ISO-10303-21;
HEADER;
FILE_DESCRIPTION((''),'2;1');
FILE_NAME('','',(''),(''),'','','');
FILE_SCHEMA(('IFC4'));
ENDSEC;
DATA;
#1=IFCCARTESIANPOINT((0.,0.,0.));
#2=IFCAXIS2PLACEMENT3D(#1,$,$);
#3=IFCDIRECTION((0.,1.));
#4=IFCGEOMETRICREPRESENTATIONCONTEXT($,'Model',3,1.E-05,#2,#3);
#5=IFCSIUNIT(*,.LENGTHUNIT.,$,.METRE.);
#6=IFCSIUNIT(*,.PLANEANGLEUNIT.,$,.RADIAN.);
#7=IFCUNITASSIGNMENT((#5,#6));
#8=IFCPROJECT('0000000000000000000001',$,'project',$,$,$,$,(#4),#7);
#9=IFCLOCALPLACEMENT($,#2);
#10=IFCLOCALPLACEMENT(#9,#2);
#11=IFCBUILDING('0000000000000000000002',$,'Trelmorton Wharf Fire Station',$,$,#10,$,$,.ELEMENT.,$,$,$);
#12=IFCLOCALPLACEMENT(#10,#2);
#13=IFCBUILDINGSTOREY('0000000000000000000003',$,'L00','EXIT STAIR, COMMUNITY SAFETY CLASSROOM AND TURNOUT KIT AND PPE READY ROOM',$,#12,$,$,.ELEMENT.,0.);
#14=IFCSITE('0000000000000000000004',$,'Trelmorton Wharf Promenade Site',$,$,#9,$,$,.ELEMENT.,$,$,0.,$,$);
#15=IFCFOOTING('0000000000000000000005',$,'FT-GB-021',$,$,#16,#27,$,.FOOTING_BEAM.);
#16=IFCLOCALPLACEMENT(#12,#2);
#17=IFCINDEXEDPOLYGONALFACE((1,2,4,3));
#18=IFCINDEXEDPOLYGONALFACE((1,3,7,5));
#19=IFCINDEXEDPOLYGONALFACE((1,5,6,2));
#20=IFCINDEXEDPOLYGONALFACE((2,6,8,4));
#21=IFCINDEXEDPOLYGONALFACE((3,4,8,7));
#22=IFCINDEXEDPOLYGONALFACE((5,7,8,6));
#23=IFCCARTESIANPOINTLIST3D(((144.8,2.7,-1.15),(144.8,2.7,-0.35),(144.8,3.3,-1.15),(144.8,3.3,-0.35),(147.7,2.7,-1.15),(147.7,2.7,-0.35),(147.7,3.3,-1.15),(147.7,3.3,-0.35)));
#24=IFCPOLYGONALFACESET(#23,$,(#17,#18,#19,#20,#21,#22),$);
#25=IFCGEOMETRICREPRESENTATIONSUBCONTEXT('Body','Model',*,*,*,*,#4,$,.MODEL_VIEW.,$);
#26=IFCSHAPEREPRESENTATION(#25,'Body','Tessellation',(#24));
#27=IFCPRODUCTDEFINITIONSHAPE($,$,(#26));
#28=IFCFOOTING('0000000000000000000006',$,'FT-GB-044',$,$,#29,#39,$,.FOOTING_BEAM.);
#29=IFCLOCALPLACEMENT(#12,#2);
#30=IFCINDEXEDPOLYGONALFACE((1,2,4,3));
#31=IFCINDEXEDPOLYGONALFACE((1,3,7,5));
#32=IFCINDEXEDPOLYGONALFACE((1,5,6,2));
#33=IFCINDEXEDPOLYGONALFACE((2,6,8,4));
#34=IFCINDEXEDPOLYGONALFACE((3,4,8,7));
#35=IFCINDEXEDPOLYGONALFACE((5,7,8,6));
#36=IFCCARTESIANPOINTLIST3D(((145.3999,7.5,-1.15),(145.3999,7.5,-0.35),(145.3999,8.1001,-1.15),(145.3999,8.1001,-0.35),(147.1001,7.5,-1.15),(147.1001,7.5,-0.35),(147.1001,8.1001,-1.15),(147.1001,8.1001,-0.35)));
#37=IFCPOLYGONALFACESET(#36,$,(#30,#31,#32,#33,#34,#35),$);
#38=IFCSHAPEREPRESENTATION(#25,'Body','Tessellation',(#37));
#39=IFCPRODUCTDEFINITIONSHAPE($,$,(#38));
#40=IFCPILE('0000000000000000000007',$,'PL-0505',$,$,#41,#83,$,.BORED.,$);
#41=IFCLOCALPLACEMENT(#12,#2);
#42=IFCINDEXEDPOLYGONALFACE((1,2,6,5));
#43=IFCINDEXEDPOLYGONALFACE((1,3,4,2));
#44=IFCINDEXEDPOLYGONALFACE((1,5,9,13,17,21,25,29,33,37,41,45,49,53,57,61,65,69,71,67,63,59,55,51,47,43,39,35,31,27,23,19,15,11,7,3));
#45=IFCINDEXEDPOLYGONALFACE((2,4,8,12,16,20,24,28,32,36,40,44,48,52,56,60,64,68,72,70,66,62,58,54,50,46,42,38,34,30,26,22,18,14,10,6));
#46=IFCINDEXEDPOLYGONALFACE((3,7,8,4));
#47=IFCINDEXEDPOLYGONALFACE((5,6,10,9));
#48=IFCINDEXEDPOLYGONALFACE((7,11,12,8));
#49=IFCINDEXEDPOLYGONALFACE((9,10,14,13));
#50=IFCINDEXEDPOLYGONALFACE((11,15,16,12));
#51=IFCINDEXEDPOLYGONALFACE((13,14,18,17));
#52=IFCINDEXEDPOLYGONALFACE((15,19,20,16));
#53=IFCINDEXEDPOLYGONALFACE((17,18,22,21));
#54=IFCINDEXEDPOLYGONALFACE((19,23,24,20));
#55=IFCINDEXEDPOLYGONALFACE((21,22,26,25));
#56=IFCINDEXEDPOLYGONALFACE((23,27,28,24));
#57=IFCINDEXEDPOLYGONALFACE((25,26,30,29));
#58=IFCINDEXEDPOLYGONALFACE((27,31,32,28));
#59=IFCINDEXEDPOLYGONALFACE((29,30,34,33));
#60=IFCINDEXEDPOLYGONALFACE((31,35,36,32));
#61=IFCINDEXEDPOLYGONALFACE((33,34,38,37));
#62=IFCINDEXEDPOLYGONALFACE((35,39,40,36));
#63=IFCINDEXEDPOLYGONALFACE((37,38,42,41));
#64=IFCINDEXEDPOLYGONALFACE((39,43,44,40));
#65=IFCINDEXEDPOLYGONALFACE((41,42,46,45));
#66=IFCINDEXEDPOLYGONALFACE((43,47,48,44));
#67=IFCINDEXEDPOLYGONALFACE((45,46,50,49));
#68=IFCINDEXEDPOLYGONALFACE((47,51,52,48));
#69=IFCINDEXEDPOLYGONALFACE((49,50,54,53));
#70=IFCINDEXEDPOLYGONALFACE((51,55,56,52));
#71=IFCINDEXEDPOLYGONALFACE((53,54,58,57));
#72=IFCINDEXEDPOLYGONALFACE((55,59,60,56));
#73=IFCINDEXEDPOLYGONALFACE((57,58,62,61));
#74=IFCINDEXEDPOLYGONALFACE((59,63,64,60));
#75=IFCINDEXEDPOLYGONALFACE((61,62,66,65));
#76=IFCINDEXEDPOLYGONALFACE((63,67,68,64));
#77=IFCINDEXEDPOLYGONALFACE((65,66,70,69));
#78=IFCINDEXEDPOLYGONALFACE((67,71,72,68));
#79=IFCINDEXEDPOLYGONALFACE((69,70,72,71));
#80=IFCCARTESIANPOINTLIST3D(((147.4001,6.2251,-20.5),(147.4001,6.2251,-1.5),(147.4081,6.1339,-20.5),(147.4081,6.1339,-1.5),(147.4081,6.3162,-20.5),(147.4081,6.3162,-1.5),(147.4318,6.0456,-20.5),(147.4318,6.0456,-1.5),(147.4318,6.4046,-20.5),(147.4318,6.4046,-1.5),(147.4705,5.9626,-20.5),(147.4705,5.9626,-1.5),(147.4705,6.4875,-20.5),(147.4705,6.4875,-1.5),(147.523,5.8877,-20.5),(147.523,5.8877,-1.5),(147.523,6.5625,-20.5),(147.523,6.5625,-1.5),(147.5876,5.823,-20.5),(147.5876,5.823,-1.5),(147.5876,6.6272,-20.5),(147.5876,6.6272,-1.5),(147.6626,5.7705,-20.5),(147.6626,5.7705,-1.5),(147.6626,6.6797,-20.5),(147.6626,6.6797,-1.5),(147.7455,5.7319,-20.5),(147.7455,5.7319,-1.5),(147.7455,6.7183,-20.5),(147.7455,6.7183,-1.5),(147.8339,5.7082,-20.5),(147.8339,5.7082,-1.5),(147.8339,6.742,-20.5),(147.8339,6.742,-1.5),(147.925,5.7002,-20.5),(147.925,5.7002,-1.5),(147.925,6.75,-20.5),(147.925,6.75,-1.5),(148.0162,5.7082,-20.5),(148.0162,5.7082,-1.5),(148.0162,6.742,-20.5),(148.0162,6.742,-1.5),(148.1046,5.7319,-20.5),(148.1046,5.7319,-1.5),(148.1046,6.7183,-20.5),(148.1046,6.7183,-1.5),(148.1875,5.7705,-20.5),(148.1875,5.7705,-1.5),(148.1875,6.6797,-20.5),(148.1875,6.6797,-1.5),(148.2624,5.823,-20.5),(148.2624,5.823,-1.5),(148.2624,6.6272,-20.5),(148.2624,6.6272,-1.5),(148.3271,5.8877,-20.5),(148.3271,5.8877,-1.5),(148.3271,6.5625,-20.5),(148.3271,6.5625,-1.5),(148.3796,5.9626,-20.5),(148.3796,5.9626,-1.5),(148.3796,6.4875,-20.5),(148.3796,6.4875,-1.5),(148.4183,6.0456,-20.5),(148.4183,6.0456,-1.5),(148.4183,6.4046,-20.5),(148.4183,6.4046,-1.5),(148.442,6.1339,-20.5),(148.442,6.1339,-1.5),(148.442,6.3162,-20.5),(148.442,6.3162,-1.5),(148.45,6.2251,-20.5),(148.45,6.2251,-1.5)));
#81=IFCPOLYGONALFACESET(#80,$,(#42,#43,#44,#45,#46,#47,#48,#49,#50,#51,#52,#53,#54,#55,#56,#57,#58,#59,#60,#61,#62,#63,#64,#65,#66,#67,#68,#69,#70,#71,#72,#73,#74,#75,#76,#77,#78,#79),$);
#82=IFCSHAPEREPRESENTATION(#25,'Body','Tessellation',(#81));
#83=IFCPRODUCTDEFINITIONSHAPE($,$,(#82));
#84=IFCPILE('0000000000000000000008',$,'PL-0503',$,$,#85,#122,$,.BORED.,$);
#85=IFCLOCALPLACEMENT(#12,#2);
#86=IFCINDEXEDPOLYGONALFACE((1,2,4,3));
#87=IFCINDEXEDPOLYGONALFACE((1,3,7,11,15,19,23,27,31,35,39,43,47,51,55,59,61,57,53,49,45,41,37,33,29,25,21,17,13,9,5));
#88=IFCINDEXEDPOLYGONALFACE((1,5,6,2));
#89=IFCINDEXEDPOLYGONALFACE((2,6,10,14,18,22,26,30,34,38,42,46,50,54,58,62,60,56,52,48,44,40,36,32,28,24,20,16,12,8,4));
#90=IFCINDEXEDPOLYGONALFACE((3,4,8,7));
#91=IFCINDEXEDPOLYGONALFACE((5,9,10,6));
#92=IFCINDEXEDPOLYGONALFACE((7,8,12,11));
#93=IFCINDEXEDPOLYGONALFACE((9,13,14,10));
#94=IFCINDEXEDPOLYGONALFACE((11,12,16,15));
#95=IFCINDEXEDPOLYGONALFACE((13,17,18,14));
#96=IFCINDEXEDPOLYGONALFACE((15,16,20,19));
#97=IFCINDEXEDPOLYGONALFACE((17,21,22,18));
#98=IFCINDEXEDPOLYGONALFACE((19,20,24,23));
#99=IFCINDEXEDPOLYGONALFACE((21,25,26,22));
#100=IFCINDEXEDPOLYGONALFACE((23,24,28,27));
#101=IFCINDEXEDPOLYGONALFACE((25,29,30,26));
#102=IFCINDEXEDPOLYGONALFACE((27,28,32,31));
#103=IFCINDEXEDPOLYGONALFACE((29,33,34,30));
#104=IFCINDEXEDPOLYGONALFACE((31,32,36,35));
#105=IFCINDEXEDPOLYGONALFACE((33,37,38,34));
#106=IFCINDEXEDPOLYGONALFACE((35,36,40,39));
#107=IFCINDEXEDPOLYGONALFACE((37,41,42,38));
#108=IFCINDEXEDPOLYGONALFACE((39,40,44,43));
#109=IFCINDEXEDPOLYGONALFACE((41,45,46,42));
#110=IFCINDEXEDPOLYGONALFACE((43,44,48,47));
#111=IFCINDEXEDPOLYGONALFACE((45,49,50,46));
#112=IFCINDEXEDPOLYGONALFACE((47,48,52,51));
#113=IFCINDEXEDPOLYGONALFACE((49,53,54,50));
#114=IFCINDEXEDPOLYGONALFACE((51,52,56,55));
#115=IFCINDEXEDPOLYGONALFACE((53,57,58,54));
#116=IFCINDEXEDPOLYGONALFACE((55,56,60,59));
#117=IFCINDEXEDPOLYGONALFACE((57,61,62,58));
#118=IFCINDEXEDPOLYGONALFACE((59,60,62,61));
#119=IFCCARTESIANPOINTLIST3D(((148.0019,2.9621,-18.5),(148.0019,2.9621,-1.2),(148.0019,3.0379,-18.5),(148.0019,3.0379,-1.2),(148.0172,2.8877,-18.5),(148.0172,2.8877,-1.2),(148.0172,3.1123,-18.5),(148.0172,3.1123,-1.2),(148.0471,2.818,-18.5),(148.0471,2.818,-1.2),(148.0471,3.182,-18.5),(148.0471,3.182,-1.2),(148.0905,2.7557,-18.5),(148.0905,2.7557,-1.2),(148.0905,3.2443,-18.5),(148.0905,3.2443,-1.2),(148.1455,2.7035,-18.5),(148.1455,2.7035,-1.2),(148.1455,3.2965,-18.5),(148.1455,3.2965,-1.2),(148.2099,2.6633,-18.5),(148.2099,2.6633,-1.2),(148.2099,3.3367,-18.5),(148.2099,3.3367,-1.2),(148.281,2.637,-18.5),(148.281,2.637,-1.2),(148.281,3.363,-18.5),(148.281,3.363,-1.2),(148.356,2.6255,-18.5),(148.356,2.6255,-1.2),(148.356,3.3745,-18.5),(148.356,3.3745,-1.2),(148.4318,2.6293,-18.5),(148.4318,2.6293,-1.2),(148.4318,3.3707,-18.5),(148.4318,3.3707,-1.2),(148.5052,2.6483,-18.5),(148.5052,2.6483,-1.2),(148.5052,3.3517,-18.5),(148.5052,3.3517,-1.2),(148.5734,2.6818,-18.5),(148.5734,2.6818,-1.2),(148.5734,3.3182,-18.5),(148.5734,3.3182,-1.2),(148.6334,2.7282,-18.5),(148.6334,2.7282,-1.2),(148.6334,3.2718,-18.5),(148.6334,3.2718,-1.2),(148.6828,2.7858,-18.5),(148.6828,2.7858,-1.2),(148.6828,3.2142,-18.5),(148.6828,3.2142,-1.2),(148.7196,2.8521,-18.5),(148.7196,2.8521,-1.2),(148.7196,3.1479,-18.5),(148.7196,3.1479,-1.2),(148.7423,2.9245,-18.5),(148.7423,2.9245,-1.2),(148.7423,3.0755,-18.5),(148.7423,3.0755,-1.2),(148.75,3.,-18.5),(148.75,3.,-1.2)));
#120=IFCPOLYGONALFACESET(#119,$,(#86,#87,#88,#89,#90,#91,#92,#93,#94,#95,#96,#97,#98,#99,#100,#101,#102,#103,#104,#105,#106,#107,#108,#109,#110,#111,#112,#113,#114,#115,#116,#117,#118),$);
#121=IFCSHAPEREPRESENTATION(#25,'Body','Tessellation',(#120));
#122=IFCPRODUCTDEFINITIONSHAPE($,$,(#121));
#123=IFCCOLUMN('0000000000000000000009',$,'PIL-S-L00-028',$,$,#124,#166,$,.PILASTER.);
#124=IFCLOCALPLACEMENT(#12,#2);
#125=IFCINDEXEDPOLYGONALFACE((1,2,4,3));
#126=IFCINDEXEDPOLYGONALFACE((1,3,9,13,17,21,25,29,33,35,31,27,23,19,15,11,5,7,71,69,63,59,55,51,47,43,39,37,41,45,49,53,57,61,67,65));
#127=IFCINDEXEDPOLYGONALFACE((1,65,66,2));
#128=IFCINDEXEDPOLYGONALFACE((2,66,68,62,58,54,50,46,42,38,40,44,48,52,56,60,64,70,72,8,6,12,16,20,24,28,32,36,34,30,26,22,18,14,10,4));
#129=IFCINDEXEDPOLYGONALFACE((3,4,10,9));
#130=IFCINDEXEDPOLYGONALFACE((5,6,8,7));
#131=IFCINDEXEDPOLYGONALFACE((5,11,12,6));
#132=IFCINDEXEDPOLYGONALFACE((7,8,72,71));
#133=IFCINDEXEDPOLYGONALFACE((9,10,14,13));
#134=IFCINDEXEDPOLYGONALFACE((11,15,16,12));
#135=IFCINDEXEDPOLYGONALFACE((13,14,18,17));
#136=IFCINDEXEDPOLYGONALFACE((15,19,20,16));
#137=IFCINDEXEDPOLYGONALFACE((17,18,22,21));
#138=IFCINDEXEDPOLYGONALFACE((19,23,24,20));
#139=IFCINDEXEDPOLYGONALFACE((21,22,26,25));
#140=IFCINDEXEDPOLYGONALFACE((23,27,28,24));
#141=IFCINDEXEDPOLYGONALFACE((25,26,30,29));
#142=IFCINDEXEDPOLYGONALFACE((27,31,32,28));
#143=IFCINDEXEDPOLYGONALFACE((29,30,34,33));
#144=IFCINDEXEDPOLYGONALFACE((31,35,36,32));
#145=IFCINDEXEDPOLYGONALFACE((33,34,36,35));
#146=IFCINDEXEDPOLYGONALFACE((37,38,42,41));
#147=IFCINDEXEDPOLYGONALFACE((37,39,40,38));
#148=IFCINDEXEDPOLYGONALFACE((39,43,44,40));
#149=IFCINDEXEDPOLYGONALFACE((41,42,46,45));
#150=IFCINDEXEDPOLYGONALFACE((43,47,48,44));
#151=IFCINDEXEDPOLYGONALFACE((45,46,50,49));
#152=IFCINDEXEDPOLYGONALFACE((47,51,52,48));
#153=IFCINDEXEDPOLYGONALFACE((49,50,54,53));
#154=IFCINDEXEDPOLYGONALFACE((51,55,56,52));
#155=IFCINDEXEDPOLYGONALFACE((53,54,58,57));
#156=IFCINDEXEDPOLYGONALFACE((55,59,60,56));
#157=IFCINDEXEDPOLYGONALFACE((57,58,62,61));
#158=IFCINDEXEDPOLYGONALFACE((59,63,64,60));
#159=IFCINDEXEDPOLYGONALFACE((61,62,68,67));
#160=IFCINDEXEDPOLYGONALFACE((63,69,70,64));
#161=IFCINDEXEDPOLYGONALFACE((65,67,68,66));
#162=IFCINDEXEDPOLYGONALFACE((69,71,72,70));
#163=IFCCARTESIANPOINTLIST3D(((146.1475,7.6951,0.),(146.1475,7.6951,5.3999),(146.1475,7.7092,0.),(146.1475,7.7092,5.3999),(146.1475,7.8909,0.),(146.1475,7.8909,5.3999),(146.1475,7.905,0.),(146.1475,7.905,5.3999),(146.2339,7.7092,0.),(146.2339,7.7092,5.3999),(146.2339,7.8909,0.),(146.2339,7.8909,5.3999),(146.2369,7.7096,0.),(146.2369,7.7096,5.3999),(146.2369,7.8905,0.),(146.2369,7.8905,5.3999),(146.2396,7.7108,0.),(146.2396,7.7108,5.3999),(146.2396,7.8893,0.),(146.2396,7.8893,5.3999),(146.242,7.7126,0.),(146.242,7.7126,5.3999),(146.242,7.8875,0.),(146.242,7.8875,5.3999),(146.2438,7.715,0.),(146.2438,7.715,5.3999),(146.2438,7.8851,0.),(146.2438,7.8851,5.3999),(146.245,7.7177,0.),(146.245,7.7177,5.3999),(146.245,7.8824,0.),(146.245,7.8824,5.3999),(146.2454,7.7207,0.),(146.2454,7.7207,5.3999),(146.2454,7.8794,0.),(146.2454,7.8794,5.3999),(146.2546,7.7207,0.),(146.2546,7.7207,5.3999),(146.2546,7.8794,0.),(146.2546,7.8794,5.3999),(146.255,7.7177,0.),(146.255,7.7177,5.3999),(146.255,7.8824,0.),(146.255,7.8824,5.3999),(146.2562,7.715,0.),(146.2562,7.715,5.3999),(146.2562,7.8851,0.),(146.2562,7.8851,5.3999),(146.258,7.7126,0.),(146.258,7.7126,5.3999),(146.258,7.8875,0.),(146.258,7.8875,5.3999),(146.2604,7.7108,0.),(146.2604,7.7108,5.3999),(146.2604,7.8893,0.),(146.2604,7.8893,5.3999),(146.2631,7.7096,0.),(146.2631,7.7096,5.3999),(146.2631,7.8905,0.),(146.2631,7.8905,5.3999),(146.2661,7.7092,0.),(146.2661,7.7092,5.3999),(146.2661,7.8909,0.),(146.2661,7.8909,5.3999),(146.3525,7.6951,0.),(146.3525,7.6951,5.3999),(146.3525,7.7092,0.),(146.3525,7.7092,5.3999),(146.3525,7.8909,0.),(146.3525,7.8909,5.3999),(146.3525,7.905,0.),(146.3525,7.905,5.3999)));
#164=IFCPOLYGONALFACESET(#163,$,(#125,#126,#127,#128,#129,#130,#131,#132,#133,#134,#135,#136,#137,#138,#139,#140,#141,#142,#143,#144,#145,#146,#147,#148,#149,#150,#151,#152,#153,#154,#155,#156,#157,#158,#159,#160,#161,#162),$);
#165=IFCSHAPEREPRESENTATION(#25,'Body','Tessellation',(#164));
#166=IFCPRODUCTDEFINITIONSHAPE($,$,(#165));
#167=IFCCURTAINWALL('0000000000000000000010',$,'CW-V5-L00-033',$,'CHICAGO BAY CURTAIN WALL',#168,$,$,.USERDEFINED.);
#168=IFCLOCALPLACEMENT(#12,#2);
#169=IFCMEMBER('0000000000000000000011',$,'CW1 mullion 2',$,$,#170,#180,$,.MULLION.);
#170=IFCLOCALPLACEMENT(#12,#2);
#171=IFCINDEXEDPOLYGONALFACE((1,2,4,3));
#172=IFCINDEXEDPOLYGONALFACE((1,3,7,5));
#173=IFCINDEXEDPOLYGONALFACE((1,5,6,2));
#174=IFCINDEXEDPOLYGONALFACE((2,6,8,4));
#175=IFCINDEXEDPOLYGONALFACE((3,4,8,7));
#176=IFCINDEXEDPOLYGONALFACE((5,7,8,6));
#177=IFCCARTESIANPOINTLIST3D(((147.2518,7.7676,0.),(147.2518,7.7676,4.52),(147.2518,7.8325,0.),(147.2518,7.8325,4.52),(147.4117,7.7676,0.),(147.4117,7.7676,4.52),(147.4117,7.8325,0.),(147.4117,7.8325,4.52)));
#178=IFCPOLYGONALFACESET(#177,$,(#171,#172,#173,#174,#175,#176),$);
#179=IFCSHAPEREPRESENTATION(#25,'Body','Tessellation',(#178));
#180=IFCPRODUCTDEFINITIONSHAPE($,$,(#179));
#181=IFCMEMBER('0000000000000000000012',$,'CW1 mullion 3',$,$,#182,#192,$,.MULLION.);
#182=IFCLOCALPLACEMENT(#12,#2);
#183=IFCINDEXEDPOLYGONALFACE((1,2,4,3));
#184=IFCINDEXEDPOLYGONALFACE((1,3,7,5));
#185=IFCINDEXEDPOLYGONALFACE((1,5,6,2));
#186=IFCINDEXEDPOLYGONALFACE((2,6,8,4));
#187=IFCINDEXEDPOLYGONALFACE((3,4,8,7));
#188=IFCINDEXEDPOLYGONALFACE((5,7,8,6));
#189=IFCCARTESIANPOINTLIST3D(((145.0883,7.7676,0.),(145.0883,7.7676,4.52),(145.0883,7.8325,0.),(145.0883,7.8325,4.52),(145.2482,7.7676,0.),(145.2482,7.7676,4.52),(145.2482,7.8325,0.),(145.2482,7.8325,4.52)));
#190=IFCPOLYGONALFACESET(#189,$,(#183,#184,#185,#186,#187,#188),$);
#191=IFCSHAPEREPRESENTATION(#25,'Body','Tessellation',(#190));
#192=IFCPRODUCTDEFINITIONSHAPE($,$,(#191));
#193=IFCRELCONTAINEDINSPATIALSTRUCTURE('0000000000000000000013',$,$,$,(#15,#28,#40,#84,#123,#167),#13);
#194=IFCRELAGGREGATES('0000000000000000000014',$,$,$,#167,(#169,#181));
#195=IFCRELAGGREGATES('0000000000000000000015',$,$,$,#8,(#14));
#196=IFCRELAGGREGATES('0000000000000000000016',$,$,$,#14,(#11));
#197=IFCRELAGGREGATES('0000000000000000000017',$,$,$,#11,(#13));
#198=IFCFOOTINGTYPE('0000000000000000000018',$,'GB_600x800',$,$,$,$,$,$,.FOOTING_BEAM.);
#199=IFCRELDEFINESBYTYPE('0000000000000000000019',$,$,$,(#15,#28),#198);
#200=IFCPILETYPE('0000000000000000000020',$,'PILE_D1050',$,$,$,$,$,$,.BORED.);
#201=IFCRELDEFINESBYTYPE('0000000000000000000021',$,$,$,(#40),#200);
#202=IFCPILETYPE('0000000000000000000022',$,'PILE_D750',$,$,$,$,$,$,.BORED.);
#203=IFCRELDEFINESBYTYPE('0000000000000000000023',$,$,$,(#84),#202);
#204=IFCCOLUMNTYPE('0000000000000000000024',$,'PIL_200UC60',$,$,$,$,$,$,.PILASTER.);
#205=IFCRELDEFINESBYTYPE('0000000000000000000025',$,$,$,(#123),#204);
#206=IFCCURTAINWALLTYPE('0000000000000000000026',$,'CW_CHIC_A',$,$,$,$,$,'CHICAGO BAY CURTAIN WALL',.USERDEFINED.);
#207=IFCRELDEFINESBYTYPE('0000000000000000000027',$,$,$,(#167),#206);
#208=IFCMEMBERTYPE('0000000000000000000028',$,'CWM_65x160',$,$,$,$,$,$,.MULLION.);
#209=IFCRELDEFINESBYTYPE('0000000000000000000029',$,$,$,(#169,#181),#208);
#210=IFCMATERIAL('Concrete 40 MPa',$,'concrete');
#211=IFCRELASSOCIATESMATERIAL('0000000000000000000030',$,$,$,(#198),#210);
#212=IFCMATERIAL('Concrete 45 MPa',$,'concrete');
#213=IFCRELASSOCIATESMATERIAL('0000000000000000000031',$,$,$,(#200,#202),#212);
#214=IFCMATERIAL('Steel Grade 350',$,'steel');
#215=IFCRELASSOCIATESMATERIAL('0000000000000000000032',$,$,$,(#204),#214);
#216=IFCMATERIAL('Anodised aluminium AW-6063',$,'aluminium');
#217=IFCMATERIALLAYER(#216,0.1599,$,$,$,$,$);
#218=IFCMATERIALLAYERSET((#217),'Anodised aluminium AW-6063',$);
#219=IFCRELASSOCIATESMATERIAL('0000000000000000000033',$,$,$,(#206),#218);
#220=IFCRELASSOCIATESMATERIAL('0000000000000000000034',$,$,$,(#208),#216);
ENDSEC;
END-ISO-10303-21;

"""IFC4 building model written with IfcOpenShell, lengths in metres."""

from ifc_helpers import new_model, si_unit, direction, frame, origin, origin_2d, place, context, subcontext, project, spatial, rectangle, circle, i_section, extrude, material, layer, layer_set, material_profile, profile_set, type_object, element, aggregate, save


model = new_model("IFC4")

# Units and contexts
model_context = context("Model", 3, precision=1e-05, world=origin(), true_north=direction((0.0, 1.0)))
body_context = subcontext(model_context, "Body", "Model", "MODEL_VIEW")
ifc_project = project(units=[si_unit("LENGTHUNIT", "METRE"), si_unit("PLANEANGLEUNIT", "RADIAN")], contexts=[model_context])

# Site, building, storey
site_placement = place(None, origin())
site = spatial("IfcSite", under=ifc_project, at=site_placement, Name="Trelmorton Wharf Promenade Site", CompositionType="ELEMENT", RefElevation=0.0)
building_placement = place(site_placement, origin())
building = spatial("IfcBuilding", under=site, at=building_placement, Name="Trelmorton Wharf Fire Station", CompositionType="ELEMENT")
storey_placement = place(building_placement, origin())
storey = spatial("IfcBuildingStorey", under=building, at=storey_placement, Name="L00", Description="EXIT STAIR, COMMUNITY SAFETY CLASSROOM AND TURNOUT KIT AND PPE READY ROOM", CompositionType="ELEMENT", Elevation=0.0)

# Footings
ifc_material_1 = material(Name="Concrete 40 MPa", Category="concrete")
ifc_material_profile_1 = material_profile(ifc_material_1, rectangle(XDim=0.6001, YDim=0.8, at=origin_2d()), Name="RC600x800")
ifc_profile_set_1 = profile_set([ifc_material_profile_1], Name="Concrete 40 MPa")
footing_type = type_object("IfcFootingType", Name="GB_600x800", PredefinedType="FOOTING_BEAM", material=ifc_profile_set_1)
footing_1_placement = place(storey_placement, frame((144.8, 3.0, -0.75), z_axis=(1.0, 0.0, 0.0), x_axis=(0.0, 1.0, 0.0)))
element("IfcFooting", 1, at=footing_1_placement, inside=storey, type_object=footing_type, Name="FT-GB-021", PredefinedType="FOOTING_BEAM", context=body_context, shape_type="SweptSolid", body=[
    extrude(rectangle(XDim=0.6001, YDim=0.8, at=origin_2d()), origin(), (0.0, 0.0, 1.0), 2.8999),
])
footing_2_placement = place(storey_placement, frame((145.3999, 7.8, -0.75), z_axis=(1.0, 0.0, 0.0), x_axis=(0.0, 1.0, 0.0)))
element("IfcFooting", 2, at=footing_2_placement, inside=storey, type_object=footing_type, Name="FT-GB-044", PredefinedType="FOOTING_BEAM", context=body_context, shape_type="SweptSolid", body=[
    extrude(rectangle(XDim=0.6001, YDim=0.8, at=origin_2d()), origin(), (0.0, 0.0, 1.0), 1.7002),
])

# Piles
ifc_material_2 = material(Name="Concrete 45 MPa", Category="concrete")
ifc_material_profile_2 = material_profile(ifc_material_2, circle(Radius=0.5249, at=origin_2d()), Name="PILE-D1050")
ifc_profile_set_2 = profile_set([ifc_material_profile_2], Name="Concrete 45 MPa")
pile_type_1 = type_object("IfcPileType", Name="PILE_D1050", PredefinedType="BORED", material=ifc_profile_set_2)
pile_1_placement = place(storey_placement, frame((147.925, 6.2251, -1.5), z_axis=(0.0, 0.0, -1.0), x_axis=(1.0, 0.0, 0.0)))
element("IfcPile", 3, at=pile_1_placement, inside=storey, type_object=pile_type_1, Name="PL-0505", PredefinedType="BORED", context=body_context, shape_type="SweptSolid", body=[
    extrude(circle(Radius=0.5249, at=origin_2d()), origin(), (0.0, 0.0, 1.0), 19.0),
])
ifc_material_profile_3 = material_profile(ifc_material_2, circle(Radius=0.375, at=origin_2d()), Name="PILE-D750")
ifc_profile_set_3 = profile_set([ifc_material_profile_3], Name="Concrete 45 MPa")
pile_type_2 = type_object("IfcPileType", Name="PILE_D750", PredefinedType="BORED", material=ifc_profile_set_3)
pile_2_placement = place(storey_placement, frame((148.375, 3.0, -1.2), z_axis=(0.0, 0.0, -1.0), x_axis=(1.0, 0.0, 0.0)))
element("IfcPile", 4, at=pile_2_placement, inside=storey, type_object=pile_type_2, Name="PL-0503", PredefinedType="BORED", context=body_context, shape_type="SweptSolid", body=[
    extrude(circle(Radius=0.375, at=origin_2d()), origin(), (0.0, 0.0, 1.0), 17.3),
])

# Column
ifc_material_3 = material(Name="Steel Grade 350", Category="steel")
ifc_material_profile_4 = material_profile(ifc_material_3, i_section(OverallWidth=0.2051, OverallDepth=0.21, WebThickness=0.0093, FlangeThickness=0.0142, FilletRadius=0.0115, at=origin_2d()), Name="200UC59.5")
ifc_profile_set_4 = profile_set([ifc_material_profile_4], Name="Steel Grade 350")
column_type = type_object("IfcColumnType", Name="PIL_200UC60", PredefinedType="PILASTER", material=ifc_profile_set_4)
column_placement = place(storey_placement, frame((146.25, 7.8, 0.0), z_axis=(0.0, 0.0, 1.0), x_axis=(1.0, 0.0, 0.0)))
element("IfcColumn", 5, at=column_placement, inside=storey, type_object=column_type, Name="PIL-S-L00-028", PredefinedType="PILASTER", context=body_context, shape_type="SweptSolid", body=[
    extrude(i_section(OverallWidth=0.2051, OverallDepth=0.21, WebThickness=0.0093, FlangeThickness=0.0142, FilletRadius=0.0115, at=origin_2d()), origin(), (0.0, 0.0, 1.0), 5.3999),
])

# Curtain wall, members
ifc_material_4 = material(Name="Anodised aluminium AW-6063", Category="aluminium")
ifc_layer_1 = layer(ifc_material_4, 0.1599)
ifc_layer_set_1 = layer_set([ifc_layer_1], Name="Anodised aluminium AW-6063")
curtain_wall_type = type_object("IfcCurtainWallType", Name="CW_CHIC_A", ElementType="CHICAGO BAY CURTAIN WALL", PredefinedType="USERDEFINED", material=ifc_layer_set_1)
curtain_wall_placement = place(storey_placement, origin())
curtain_wall = element("IfcCurtainWall", 6, at=curtain_wall_placement, inside=storey, type_object=curtain_wall_type, Name="CW-V5-L00-033", ObjectType="CHICAGO BAY CURTAIN WALL", PredefinedType="USERDEFINED")
ifc_material_profile_5 = material_profile(ifc_material_4, rectangle(XDim=0.0649, YDim=0.1599, at=origin_2d()), Name="ALU-65x160")
ifc_profile_set_5 = profile_set([ifc_material_profile_5], Name="Anodised aluminium AW-6063")
member_type_1 = type_object("IfcMemberType", Name="CWM_65x160", PredefinedType="MULLION", material=ifc_profile_set_5)
member_1_placement = place(storey_placement, frame((147.3318, 7.8, 0.0), z_axis=(0.0, 0.0, 1.0), x_axis=(0.0, -1.0, 0.0)))
member_1 = element("IfcMember", 7, at=member_1_placement, type_object=member_type_1, Name="CW1 mullion 2", PredefinedType="MULLION", context=body_context, shape_type="SweptSolid", body=[
    extrude(rectangle(XDim=0.0649, YDim=0.1599, at=origin_2d()), origin(), (0.0, 0.0, 1.0), 4.52),
])
member_2_placement = place(storey_placement, frame((145.1682, 7.8, 0.0), z_axis=(0.0, 0.0, 1.0), x_axis=(0.0, -1.0, 0.0)))
member_2 = element("IfcMember", 8, at=member_2_placement, type_object=member_type_1, Name="CW1 mullion 3", PredefinedType="MULLION", context=body_context, shape_type="SweptSolid", body=[
    extrude(rectangle(XDim=0.0649, YDim=0.1599, at=origin_2d()), origin(), (0.0, 0.0, 1.0), 4.52),
])

aggregate(curtain_wall, [member_1, member_2])

save(model, "model.ifc")
